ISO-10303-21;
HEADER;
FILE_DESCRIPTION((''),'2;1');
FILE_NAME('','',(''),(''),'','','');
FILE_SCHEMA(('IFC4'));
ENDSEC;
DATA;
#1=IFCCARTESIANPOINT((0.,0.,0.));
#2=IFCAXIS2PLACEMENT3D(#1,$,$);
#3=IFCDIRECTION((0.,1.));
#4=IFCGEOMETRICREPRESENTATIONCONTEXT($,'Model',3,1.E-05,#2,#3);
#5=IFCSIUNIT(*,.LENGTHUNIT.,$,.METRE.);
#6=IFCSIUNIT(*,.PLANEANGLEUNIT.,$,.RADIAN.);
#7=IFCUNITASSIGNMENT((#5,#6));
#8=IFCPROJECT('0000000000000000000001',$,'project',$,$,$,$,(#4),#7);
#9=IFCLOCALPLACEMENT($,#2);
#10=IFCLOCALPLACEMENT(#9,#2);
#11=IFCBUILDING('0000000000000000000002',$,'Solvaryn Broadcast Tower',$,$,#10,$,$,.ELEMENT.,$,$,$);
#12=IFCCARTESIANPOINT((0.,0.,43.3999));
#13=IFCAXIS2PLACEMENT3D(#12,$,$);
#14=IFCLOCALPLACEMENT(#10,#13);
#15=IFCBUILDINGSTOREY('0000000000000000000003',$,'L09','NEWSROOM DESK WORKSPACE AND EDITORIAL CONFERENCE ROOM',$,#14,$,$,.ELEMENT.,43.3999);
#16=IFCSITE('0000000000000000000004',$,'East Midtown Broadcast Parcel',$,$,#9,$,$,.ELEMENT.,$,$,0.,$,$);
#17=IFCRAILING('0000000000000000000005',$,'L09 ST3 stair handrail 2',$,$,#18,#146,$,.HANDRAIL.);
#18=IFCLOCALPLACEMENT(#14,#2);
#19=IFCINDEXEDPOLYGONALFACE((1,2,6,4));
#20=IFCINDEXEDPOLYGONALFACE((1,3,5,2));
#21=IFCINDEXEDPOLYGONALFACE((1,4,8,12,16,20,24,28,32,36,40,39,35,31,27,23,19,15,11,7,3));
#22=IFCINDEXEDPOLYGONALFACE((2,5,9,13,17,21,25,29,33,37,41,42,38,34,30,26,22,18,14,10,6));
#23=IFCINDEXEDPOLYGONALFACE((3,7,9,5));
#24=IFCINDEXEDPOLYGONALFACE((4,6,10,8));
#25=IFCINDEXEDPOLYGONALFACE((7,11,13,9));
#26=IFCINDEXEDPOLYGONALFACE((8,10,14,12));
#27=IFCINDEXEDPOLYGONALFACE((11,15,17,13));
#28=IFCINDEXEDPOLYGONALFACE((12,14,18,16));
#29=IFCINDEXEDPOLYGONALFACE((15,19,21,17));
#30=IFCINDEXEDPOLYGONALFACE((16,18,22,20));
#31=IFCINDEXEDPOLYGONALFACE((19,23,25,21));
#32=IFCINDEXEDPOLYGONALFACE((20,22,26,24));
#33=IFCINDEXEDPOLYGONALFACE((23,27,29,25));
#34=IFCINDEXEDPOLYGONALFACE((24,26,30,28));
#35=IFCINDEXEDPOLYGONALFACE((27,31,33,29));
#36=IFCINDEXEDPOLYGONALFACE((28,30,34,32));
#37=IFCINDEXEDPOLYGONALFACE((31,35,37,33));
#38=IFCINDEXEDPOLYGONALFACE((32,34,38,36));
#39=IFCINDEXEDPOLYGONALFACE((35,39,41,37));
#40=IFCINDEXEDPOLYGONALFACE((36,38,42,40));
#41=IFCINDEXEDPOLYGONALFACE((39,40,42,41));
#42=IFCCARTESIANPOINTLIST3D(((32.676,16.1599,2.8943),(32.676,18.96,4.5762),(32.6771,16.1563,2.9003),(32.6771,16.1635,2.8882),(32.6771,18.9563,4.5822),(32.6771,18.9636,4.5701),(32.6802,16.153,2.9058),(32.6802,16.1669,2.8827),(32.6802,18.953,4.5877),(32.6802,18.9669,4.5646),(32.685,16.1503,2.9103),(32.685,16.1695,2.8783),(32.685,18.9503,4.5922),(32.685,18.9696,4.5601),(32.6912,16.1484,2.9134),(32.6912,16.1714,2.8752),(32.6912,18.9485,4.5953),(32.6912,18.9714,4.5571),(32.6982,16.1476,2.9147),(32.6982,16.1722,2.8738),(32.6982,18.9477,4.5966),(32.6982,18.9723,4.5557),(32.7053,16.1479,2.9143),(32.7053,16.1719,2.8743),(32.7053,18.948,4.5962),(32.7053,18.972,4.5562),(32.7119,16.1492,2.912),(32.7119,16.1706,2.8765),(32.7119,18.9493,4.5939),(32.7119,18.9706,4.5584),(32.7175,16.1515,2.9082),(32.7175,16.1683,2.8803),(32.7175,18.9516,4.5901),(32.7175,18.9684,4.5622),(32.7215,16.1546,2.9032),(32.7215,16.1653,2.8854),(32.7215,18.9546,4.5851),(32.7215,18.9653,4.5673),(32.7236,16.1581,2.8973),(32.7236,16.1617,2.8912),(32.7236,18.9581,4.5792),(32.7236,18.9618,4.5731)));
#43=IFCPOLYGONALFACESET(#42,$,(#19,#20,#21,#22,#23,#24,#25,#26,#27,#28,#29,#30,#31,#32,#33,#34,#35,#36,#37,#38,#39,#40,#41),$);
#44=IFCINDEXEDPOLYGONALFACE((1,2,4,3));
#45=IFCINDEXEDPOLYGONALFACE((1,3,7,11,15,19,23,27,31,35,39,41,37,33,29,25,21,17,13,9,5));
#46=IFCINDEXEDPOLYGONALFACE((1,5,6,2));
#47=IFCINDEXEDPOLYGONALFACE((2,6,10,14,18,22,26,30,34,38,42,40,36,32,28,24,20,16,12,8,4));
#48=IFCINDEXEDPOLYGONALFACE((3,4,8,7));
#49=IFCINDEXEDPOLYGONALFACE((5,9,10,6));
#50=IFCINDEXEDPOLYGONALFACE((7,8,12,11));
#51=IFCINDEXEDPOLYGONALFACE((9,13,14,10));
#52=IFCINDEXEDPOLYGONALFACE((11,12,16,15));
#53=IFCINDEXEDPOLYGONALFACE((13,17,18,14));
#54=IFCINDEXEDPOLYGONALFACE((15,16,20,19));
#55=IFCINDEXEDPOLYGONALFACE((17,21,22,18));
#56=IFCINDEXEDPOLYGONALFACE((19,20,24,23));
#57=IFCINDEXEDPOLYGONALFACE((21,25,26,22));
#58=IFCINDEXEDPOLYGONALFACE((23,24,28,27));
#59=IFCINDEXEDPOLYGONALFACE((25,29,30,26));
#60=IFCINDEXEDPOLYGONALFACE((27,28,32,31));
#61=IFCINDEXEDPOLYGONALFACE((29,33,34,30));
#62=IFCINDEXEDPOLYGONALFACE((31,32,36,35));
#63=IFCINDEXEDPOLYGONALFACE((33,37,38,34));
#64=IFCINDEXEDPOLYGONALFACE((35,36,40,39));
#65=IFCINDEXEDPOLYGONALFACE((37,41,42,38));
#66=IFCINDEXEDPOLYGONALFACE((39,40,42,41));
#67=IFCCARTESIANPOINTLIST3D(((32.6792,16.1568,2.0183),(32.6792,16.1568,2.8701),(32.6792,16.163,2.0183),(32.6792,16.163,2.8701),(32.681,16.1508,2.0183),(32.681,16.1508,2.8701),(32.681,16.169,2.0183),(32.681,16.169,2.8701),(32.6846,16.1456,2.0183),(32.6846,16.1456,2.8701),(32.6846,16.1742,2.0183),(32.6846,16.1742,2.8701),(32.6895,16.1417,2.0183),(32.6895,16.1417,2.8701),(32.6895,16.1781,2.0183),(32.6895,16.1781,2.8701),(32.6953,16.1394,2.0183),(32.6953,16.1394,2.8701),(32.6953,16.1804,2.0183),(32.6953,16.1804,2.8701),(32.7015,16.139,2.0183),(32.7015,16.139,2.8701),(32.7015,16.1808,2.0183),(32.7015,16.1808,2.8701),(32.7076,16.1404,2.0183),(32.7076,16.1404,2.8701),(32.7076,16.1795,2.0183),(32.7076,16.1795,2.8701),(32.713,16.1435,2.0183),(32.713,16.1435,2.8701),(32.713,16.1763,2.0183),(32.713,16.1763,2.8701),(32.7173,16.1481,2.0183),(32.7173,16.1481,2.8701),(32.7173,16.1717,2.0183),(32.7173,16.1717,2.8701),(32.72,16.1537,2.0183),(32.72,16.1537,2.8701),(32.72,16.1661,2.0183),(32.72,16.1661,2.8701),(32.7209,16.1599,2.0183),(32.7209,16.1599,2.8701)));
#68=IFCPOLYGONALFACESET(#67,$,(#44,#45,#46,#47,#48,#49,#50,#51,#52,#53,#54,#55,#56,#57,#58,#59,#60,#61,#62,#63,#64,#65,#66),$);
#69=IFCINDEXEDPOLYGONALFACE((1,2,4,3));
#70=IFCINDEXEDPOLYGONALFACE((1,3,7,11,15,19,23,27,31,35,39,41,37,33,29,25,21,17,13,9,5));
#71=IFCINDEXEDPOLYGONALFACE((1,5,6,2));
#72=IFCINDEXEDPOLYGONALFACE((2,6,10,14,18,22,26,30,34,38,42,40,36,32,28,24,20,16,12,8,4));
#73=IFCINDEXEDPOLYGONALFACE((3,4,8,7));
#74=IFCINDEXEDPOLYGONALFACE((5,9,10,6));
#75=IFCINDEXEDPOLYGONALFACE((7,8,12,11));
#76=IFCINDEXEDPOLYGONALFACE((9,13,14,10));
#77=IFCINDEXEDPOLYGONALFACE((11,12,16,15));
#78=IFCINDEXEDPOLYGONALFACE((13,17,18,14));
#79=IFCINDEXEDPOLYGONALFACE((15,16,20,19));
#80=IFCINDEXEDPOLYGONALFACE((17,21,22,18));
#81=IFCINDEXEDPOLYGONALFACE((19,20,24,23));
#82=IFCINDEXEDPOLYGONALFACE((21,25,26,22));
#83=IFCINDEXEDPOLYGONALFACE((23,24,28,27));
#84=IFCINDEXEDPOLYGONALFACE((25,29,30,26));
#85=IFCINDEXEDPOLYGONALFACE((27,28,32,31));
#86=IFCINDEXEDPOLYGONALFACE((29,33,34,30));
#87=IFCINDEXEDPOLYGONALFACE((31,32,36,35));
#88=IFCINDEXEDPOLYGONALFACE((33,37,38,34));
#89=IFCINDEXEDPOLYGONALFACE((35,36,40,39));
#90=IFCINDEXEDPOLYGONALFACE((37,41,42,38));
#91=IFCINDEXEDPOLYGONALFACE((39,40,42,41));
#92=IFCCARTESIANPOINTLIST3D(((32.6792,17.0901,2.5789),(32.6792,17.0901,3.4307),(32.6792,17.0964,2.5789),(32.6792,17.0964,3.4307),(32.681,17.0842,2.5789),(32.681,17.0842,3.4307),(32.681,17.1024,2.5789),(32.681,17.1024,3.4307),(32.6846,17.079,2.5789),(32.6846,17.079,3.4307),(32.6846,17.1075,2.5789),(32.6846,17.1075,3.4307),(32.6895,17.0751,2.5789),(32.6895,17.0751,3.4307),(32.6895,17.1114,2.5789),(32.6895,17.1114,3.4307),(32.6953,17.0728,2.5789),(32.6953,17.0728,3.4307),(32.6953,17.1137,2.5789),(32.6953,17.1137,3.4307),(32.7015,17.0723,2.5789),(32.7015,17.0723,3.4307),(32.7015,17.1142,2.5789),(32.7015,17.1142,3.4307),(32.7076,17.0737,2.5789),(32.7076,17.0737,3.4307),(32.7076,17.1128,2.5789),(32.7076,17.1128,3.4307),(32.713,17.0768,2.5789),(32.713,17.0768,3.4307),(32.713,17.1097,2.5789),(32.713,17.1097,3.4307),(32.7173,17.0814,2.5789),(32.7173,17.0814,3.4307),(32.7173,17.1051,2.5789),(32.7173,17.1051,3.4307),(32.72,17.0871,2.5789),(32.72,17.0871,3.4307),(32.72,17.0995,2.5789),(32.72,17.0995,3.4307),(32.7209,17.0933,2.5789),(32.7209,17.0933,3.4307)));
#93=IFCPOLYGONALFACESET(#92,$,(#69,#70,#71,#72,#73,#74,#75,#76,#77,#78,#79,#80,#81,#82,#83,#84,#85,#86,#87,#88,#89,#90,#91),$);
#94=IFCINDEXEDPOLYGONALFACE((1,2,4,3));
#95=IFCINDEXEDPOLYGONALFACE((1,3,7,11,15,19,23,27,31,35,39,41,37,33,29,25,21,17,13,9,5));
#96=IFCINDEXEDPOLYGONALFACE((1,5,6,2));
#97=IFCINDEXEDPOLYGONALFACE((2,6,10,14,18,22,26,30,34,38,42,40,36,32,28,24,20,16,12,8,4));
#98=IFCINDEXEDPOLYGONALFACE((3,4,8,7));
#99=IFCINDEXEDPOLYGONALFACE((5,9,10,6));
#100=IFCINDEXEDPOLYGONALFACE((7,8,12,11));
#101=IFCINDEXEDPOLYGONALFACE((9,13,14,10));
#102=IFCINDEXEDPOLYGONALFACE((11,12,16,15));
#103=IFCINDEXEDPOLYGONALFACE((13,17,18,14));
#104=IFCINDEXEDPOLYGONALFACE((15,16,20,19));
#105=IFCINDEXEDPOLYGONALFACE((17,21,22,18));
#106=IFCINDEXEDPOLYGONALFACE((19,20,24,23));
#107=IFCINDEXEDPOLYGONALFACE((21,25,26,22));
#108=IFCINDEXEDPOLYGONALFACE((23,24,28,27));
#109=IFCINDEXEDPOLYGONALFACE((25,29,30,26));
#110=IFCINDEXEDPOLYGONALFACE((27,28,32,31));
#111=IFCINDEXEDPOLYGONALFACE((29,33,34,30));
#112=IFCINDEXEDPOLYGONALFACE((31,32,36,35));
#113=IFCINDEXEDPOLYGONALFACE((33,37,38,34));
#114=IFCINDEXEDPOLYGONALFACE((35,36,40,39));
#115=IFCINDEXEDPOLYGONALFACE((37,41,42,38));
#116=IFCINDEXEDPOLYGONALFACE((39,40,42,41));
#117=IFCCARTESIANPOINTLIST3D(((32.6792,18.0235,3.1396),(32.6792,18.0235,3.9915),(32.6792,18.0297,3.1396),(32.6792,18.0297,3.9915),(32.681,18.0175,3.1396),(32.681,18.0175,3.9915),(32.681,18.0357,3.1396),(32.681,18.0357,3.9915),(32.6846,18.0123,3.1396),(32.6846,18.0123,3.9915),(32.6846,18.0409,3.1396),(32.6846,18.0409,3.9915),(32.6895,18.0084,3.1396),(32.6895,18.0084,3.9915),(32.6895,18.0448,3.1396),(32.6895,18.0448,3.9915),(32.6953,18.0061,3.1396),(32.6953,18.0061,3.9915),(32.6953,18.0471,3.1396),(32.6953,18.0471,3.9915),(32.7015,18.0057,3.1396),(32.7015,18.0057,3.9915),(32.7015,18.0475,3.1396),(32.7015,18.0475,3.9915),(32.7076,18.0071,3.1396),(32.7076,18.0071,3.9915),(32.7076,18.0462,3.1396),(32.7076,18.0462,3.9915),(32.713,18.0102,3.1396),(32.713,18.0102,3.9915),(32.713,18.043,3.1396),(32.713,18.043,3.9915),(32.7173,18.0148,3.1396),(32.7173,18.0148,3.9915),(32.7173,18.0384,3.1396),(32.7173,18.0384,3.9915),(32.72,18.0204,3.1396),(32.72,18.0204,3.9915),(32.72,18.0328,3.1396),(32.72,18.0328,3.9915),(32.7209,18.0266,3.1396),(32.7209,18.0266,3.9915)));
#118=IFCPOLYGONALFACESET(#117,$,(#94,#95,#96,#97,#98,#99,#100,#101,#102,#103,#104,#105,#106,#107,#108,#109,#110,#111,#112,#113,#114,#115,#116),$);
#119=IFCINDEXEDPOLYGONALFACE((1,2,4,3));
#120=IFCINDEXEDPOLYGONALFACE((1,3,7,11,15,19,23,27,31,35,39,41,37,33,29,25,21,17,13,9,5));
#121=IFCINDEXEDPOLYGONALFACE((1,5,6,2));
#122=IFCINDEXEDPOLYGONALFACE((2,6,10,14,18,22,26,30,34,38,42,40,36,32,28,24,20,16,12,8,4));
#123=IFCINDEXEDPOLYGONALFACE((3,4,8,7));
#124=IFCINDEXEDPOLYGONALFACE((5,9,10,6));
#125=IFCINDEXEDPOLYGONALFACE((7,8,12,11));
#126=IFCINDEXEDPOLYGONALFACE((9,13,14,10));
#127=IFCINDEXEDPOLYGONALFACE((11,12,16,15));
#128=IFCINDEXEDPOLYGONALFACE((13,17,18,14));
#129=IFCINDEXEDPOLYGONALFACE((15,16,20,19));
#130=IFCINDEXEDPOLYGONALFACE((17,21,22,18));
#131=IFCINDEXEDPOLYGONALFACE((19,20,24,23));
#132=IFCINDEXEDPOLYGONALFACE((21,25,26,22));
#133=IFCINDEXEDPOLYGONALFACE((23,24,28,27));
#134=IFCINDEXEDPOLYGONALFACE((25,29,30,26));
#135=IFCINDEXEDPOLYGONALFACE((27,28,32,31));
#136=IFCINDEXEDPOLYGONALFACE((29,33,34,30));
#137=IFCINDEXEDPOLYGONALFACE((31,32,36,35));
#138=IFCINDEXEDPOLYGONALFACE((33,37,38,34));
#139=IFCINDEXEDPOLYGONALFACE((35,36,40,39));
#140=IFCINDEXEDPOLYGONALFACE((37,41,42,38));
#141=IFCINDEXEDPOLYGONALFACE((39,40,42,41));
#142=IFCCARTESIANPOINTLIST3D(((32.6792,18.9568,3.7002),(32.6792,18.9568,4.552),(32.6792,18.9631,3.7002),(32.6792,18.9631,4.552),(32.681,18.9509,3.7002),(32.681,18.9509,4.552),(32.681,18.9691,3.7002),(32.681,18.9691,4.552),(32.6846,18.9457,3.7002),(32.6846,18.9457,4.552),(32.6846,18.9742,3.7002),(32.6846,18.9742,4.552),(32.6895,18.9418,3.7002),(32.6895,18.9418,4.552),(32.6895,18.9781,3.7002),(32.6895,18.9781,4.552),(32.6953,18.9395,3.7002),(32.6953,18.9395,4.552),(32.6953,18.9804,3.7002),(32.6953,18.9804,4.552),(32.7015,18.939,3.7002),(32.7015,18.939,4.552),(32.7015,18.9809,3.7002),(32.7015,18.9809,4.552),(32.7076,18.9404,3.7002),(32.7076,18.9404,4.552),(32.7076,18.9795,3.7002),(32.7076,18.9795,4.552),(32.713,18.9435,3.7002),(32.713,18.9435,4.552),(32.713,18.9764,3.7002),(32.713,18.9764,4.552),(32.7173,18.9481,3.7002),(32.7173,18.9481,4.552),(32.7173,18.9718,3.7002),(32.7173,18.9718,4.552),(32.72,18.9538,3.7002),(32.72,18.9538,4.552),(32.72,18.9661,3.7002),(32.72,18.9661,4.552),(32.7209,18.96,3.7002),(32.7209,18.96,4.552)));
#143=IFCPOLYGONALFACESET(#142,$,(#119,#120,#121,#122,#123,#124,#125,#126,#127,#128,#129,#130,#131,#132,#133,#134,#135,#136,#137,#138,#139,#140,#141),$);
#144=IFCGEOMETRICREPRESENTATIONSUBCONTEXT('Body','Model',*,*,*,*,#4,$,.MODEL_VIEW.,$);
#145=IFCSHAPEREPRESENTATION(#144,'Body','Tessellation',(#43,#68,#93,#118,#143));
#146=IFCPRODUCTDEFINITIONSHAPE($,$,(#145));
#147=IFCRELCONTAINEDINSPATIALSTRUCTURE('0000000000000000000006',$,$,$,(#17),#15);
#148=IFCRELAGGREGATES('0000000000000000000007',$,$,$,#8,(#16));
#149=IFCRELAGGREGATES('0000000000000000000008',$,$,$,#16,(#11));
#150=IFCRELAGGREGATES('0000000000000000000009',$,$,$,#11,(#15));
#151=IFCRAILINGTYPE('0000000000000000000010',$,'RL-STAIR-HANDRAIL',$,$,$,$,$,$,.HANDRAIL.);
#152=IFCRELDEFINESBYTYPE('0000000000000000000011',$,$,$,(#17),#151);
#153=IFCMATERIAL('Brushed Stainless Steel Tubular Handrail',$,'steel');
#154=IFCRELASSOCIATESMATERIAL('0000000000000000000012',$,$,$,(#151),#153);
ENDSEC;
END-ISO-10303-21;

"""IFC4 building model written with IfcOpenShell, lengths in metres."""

from ifc_helpers import new_model, si_unit, direction, frame, origin, origin_2d, place, context, subcontext, project, spatial, circle, extrude, material, type_object, element, save


model = new_model("IFC4")

# Units and contexts
model_context = context("Model", 3, precision=1e-05, world=origin(), true_north=direction((0.0, 1.0)))
body_context = subcontext(model_context, "Body", "Model", "MODEL_VIEW")
ifc_project = project(units=[si_unit("LENGTHUNIT", "METRE"), si_unit("PLANEANGLEUNIT", "RADIAN")], contexts=[model_context])

# Site, building, storey
site_placement = place(None, origin())
site = spatial("IfcSite", under=ifc_project, at=site_placement, Name="East Midtown Broadcast Parcel", CompositionType="ELEMENT", RefElevation=0.0)
building_placement = place(site_placement, origin())
building = spatial("IfcBuilding", under=site, at=building_placement, Name="Solvaryn Broadcast Tower", CompositionType="ELEMENT")
storey_placement = place(building_placement, frame((0.0, 0.0, 43.3999)))
storey = spatial("IfcBuildingStorey", under=building, at=storey_placement, Name="L09", Description="NEWSROOM DESK WORKSPACE AND EDITORIAL CONFERENCE ROOM", CompositionType="ELEMENT", Elevation=43.3999)

# Railing
ifc_material_1 = material(Name="Brushed Stainless Steel Tubular Handrail", Category="steel")
railing_type_1 = type_object("IfcRailingType", Name="RL-STAIR-HANDRAIL", PredefinedType="HANDRAIL", material=ifc_material_1)
railing_1_placement = place(storey_placement, frame((32.7, 16.1599, 2.0183)))
element("IfcRailing", 1, at=railing_1_placement, inside=storey, type_object=railing_type_1, Name="L09 ST3 stair handrail 2", PredefinedType="HANDRAIL", context=body_context, shape_type="SweptSolid", body=[
    extrude(circle(Radius=0.0239, at=origin_2d()), frame((0.0, 0.0, 0.876), z_axis=(0.0, 0.857242, 0.514913), x_axis=(-1.0, 0.0, 0.0)), (0.0, 0.0, 1.0), 3.2664),
    extrude(circle(Radius=0.021, at=origin_2d()), origin(), (0.0, 0.0, 1.0), 0.8518),
    extrude(circle(Radius=0.021, at=origin_2d()), frame((0.0, 0.9333, 0.5605)), (0.0, 0.0, 1.0), 0.8518),
    extrude(circle(Radius=0.021, at=origin_2d()), frame((0.0, 1.8667, 1.1213)), (0.0, 0.0, 1.0), 0.8518),
    extrude(circle(Radius=0.021, at=origin_2d()), frame((0.0, 2.8, 1.6819)), (0.0, 0.0, 1.0), 0.8518),
])

save(model, "model.ifc")
